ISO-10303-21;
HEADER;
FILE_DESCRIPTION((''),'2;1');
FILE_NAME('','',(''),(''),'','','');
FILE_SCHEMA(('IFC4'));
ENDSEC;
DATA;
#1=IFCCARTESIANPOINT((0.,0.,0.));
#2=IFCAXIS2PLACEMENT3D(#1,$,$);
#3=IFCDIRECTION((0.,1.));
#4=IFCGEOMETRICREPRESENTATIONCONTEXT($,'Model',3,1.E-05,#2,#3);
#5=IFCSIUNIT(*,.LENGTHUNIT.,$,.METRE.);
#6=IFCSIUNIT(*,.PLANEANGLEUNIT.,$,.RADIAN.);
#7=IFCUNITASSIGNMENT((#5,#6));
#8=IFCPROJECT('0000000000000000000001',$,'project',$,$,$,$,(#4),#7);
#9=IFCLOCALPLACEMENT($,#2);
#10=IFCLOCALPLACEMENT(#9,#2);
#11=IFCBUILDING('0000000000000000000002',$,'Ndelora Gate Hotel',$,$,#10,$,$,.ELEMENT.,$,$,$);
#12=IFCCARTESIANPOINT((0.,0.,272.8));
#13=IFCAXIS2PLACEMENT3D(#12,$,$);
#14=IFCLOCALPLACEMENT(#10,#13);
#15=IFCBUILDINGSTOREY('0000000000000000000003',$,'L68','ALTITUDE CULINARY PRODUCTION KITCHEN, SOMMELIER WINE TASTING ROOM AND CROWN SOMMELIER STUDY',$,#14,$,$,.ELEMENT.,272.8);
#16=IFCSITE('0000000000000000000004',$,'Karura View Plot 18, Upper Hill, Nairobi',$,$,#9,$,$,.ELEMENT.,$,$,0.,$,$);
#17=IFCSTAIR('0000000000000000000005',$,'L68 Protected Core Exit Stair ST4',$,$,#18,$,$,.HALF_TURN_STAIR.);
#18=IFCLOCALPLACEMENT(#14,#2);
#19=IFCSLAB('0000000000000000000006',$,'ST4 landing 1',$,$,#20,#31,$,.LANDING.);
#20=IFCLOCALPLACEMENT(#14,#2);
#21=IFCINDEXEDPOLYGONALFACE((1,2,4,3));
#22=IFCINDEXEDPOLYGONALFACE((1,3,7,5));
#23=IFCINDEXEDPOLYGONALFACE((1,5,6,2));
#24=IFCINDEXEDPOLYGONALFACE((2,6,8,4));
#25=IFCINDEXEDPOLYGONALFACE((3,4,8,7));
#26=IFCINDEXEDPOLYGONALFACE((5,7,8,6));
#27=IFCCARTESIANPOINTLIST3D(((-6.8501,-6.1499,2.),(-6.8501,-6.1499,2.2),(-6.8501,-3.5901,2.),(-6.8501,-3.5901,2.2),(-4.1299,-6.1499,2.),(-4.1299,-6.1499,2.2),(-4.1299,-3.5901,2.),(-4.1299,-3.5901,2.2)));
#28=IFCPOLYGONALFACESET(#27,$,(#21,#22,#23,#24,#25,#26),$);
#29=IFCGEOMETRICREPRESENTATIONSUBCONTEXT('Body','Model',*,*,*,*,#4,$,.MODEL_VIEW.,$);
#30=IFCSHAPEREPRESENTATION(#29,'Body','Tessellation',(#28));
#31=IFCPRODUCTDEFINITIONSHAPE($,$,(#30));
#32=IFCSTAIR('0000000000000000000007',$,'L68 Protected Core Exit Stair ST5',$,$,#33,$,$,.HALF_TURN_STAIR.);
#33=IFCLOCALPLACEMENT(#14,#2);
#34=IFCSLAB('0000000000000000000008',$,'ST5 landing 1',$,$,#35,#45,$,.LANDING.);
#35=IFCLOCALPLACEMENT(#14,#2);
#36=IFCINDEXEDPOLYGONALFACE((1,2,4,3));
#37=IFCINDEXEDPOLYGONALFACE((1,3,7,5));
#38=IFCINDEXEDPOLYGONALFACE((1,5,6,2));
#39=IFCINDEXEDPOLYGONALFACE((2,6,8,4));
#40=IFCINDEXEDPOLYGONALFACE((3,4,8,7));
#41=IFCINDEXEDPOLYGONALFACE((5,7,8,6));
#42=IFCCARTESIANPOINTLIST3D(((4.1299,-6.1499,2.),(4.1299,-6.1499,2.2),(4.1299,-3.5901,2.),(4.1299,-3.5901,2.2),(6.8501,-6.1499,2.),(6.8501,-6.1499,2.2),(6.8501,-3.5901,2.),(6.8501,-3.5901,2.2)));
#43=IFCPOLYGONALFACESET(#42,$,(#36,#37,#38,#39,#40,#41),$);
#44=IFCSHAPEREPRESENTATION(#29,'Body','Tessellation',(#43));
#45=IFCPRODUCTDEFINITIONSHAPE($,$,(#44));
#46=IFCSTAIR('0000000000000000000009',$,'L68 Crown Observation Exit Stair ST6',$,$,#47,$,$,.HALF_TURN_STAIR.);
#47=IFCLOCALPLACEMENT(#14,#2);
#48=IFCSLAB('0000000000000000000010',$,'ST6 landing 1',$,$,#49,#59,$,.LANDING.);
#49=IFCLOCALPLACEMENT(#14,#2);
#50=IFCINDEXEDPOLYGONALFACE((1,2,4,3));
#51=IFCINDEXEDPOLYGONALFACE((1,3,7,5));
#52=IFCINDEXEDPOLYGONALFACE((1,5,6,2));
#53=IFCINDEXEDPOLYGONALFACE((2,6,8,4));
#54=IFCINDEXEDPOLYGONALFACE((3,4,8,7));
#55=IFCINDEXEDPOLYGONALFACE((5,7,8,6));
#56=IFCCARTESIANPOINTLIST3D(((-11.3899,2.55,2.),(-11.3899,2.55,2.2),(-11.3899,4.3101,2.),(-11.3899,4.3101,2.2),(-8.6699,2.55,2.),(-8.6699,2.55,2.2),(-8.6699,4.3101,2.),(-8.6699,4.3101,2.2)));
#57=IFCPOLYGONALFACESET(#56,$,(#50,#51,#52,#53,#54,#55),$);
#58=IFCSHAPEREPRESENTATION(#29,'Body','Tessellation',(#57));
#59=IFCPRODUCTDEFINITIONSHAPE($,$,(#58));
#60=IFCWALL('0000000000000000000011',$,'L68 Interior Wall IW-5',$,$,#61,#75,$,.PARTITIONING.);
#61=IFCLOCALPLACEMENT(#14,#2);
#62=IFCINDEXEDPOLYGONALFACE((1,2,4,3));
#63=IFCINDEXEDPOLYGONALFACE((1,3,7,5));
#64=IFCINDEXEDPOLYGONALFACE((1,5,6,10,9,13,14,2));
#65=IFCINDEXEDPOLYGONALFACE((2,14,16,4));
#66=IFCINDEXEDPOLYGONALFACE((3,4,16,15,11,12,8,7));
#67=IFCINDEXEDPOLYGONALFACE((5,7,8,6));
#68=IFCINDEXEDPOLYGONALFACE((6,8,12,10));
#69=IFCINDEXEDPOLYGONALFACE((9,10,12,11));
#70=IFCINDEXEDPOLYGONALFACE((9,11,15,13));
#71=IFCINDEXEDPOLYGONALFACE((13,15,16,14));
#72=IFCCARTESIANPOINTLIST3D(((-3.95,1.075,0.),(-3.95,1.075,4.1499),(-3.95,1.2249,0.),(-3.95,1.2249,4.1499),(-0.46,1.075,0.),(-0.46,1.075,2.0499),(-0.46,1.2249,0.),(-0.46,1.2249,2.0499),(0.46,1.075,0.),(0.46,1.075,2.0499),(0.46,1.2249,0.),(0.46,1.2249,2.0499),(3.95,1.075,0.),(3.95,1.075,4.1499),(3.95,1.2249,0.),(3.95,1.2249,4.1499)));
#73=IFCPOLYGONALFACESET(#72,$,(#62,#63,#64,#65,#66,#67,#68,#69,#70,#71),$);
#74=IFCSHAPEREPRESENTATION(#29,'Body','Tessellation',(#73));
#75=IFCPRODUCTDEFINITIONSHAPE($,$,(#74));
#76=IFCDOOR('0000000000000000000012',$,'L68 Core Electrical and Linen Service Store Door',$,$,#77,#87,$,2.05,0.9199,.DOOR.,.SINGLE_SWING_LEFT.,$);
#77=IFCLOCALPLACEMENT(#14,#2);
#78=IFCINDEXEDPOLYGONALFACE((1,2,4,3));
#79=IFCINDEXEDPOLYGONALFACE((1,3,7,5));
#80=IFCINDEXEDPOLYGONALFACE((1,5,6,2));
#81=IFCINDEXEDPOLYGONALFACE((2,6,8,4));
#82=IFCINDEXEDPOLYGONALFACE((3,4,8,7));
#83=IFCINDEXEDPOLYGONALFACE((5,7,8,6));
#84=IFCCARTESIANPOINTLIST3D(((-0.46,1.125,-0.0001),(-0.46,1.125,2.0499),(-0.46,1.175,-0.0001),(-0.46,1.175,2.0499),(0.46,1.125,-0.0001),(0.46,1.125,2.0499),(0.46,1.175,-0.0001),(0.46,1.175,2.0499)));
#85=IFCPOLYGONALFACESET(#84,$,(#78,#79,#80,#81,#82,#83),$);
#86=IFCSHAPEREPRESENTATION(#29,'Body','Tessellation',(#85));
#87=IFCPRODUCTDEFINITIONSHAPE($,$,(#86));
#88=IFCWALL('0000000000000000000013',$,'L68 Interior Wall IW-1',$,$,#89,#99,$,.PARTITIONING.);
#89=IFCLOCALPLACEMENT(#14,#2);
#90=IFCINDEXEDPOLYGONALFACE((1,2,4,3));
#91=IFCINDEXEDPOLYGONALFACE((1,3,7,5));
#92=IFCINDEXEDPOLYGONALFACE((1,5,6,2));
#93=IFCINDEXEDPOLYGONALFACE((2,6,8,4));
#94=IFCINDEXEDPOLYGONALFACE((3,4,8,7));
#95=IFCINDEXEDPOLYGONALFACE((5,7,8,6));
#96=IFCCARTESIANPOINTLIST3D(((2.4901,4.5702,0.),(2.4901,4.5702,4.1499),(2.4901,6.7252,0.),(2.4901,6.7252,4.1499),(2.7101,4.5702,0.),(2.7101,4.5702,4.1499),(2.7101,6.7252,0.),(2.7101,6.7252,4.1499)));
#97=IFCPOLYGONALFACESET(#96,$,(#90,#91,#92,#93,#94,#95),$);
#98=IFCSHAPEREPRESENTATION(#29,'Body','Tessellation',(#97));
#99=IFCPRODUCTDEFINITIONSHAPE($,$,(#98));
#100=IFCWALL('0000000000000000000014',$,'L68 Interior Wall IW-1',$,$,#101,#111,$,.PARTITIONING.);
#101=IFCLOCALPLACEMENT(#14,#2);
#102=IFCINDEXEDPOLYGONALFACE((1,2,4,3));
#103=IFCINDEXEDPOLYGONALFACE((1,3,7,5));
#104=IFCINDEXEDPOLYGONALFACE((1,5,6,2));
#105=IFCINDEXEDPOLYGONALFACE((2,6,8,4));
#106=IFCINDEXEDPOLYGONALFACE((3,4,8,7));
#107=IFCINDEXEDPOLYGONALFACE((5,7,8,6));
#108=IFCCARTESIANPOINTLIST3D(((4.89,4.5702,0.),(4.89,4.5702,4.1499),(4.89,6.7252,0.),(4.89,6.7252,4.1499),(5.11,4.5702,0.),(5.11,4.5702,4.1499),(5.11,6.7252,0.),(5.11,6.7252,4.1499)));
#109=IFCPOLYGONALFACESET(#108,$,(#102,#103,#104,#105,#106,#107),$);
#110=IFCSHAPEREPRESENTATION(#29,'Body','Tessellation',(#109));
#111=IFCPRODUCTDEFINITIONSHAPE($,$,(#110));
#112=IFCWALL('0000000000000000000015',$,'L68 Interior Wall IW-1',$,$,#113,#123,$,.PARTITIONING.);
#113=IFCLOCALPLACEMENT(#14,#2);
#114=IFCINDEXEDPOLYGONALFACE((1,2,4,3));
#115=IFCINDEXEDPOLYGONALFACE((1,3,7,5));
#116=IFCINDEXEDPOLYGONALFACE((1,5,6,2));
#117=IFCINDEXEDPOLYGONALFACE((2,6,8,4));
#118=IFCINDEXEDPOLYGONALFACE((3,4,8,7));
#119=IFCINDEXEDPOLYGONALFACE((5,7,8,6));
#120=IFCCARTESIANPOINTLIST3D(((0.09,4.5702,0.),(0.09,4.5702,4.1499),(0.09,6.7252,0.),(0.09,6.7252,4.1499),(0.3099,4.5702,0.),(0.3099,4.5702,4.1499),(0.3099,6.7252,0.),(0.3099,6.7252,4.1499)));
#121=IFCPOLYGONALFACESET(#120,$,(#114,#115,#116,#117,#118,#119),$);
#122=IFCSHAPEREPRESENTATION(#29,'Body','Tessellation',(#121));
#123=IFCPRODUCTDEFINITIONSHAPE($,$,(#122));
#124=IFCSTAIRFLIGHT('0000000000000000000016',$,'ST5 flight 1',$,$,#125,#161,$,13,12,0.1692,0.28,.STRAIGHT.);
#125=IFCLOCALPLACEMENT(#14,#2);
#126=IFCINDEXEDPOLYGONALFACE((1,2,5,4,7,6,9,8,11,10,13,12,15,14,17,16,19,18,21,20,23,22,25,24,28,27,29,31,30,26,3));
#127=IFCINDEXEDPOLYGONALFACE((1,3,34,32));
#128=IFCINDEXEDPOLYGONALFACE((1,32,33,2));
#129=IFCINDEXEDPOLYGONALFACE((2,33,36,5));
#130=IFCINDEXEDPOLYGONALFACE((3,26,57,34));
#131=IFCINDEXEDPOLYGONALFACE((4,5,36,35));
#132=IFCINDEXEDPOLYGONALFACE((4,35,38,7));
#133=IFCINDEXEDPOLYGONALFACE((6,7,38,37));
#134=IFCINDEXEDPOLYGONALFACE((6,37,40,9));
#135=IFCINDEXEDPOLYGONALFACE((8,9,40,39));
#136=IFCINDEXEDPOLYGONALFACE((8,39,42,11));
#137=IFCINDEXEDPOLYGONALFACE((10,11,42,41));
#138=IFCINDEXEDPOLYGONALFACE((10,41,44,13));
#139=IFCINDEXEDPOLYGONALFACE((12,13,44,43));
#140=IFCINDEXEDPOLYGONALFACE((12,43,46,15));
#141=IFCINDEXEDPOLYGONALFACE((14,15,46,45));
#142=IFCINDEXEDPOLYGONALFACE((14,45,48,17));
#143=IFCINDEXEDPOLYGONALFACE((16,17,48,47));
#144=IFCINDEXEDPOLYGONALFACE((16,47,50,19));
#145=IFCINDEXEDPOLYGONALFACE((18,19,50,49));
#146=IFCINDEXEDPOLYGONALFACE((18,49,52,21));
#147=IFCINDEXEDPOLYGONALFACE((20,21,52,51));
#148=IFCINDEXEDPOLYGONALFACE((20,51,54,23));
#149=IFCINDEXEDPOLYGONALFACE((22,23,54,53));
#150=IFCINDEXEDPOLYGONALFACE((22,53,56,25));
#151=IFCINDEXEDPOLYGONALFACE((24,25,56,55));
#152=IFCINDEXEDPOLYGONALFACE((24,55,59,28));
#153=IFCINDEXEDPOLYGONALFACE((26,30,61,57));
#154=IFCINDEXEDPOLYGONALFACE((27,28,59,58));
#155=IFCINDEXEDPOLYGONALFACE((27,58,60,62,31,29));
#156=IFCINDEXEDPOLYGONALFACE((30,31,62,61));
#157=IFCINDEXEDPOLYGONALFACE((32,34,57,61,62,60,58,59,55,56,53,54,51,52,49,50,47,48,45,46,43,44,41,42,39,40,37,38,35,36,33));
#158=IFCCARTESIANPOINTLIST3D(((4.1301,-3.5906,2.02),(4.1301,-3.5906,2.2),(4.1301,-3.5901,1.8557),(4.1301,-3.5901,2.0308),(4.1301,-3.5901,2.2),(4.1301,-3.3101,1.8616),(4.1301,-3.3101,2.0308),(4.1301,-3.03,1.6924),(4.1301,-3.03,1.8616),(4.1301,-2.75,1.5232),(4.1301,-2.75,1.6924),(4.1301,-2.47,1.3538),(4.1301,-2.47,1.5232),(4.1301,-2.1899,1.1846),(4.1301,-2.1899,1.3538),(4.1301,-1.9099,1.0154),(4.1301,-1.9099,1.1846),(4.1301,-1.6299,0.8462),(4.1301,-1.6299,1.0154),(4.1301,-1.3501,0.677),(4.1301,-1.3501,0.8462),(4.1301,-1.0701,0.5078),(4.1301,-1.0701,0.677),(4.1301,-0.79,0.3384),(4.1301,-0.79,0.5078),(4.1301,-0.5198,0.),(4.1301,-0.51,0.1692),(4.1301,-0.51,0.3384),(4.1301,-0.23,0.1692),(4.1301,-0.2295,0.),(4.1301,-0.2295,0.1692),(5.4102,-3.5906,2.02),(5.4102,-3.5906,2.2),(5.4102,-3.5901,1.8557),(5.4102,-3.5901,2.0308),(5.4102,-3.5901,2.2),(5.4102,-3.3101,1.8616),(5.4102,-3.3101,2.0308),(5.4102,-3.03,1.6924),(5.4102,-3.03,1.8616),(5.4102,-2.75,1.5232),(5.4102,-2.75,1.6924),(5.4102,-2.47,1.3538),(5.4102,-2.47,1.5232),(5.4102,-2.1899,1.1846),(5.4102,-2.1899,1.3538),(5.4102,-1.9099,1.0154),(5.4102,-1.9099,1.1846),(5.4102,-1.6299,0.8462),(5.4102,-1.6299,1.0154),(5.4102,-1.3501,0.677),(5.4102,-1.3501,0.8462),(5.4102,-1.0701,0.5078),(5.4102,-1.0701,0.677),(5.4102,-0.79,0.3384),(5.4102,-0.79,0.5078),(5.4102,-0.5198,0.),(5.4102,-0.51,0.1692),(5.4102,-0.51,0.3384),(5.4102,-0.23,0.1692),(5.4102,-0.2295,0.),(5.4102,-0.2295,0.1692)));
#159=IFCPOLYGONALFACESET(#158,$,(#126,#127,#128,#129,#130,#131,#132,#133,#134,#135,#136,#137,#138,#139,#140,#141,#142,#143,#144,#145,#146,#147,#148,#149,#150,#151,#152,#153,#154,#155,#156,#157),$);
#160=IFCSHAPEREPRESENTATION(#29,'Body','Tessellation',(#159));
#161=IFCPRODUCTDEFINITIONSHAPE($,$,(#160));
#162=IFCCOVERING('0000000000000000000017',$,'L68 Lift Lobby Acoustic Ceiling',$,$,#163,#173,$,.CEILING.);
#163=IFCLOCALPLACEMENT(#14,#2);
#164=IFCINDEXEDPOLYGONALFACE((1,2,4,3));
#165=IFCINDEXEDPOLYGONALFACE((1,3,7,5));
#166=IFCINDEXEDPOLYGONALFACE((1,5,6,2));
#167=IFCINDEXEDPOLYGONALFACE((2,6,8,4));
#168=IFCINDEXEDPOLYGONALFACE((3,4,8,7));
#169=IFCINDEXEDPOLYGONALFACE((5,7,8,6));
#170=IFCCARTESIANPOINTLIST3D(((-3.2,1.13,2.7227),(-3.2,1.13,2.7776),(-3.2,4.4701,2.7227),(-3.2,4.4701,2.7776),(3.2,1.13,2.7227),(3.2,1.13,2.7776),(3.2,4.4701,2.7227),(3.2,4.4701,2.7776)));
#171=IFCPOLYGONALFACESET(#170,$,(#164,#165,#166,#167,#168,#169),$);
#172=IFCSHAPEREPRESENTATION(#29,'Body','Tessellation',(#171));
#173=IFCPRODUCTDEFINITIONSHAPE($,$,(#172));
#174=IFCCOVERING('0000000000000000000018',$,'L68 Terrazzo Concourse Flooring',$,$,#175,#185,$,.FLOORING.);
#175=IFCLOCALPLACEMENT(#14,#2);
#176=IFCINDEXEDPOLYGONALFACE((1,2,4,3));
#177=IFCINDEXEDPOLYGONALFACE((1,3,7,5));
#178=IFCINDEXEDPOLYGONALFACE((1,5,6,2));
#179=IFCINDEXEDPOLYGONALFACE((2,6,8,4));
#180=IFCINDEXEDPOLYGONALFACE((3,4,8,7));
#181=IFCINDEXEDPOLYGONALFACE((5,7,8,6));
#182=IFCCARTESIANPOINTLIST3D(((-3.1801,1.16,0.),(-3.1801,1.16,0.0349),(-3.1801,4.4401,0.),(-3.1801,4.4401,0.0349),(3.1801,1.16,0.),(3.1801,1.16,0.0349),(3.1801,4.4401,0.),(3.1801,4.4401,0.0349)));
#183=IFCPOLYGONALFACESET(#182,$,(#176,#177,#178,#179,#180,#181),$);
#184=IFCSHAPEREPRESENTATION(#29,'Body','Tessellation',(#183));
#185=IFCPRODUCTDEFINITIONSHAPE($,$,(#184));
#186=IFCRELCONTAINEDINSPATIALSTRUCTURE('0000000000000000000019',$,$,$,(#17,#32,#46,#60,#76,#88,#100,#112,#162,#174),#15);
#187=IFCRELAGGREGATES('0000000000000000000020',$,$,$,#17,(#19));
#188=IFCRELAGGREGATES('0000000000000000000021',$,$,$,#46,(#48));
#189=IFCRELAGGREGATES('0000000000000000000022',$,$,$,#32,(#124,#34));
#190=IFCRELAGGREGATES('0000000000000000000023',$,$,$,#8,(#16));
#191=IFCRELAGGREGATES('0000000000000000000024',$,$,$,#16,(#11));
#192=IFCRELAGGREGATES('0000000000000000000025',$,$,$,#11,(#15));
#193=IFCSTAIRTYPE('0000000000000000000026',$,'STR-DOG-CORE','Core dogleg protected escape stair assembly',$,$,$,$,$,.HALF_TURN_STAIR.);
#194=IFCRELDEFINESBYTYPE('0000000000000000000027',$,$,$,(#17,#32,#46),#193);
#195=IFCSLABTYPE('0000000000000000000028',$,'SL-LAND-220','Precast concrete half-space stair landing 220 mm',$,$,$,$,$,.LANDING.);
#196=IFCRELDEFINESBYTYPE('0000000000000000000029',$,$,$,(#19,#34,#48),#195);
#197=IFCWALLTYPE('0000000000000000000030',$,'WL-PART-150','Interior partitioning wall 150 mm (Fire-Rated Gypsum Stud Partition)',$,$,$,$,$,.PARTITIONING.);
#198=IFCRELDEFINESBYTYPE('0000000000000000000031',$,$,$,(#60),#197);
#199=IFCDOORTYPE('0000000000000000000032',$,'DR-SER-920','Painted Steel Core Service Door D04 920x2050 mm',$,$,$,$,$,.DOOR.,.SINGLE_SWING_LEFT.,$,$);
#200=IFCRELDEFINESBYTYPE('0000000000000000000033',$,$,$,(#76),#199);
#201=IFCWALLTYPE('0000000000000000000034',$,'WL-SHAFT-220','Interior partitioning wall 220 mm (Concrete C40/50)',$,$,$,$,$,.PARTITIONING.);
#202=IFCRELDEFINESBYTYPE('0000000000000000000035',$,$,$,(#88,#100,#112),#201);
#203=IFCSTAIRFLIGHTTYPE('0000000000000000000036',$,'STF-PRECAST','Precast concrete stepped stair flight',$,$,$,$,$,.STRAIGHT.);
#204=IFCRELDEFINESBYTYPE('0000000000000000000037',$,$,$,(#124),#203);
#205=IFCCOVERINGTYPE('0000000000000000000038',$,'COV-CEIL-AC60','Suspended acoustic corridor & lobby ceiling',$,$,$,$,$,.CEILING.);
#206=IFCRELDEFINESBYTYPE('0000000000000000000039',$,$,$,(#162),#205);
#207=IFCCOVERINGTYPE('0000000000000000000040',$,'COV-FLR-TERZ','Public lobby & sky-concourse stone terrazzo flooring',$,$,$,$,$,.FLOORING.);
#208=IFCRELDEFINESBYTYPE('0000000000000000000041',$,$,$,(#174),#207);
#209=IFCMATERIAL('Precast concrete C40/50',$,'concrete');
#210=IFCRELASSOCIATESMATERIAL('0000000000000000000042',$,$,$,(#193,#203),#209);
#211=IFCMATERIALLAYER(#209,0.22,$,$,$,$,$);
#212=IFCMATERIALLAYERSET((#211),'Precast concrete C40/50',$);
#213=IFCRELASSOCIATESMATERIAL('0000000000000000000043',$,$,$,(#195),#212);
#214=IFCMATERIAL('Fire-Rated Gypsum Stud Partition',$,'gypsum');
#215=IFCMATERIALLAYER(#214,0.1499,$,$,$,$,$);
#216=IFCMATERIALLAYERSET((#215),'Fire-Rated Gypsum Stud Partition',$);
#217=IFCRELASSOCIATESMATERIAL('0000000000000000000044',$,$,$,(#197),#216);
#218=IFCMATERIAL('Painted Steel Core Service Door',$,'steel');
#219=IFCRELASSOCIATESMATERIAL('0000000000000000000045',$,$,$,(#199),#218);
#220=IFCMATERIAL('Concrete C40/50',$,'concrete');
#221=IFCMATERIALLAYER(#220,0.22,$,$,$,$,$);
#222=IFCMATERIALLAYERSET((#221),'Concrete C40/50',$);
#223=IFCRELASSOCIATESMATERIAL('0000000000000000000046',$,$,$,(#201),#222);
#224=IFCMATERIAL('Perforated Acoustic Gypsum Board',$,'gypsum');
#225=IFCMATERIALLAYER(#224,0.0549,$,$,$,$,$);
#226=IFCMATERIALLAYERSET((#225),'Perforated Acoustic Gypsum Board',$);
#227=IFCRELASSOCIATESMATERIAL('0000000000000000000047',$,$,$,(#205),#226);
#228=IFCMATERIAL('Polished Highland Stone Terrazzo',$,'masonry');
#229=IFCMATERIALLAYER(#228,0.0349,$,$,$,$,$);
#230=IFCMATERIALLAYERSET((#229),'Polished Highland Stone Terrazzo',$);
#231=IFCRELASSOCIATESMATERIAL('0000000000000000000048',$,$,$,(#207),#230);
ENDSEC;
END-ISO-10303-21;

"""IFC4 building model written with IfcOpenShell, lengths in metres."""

from ifc_helpers import new_model, si_unit, direction, frame, frame_2d, origin, origin_2d, place, context, subcontext, project, spatial, polyline, rectangle, outline, extrude, material, layer, layer_set, type_object, element, fill, aggregate, save


model = new_model("IFC4")

# Units and contexts
model_context = context("Model", 3, precision=1e-05, world=origin(), true_north=direction((0.0, 1.0)))
body_context = subcontext(model_context, "Body", "Model", "MODEL_VIEW")
ifc_project = project(units=[si_unit("LENGTHUNIT", "METRE"), si_unit("PLANEANGLEUNIT", "RADIAN")], contexts=[model_context])

# Site, building, storey
site_placement = place(None, origin())
site = spatial("IfcSite", under=ifc_project, at=site_placement, Name="Karura View Plot 18, Upper Hill, Nairobi", CompositionType="ELEMENT", RefElevation=0.0)
building_placement = place(site_placement, origin())
building = spatial("IfcBuilding", under=site, at=building_placement, Name="Ndelora Gate Hotel", CompositionType="ELEMENT")
storey_placement = place(building_placement, frame((0.0, 0.0, 272.8)))
storey = spatial("IfcBuildingStorey", under=building, at=storey_placement, Name="L68", Description="ALTITUDE CULINARY PRODUCTION KITCHEN, SOMMELIER WINE TASTING ROOM AND CROWN SOMMELIER STUDY", CompositionType="ELEMENT", Elevation=272.8)

# Stairs, slabs
ifc_material_1 = material(Name="Precast concrete C40/50", Category="concrete")
stair_type = type_object("IfcStairType", Name="STR-DOG-CORE", Description="Core dogleg protected escape stair assembly", PredefinedType="HALF_TURN_STAIR", material=ifc_material_1)
stair_1_placement = place(storey_placement, origin())
stair_1 = element("IfcStair", 1, at=stair_1_placement, inside=storey, type_object=stair_type, Name="L68 Protected Core Exit Stair ST4", PredefinedType="HALF_TURN_STAIR")
ifc_layer_1 = layer(ifc_material_1, 0.22)
ifc_layer_set_1 = layer_set([ifc_layer_1], Name="Precast concrete C40/50")
slab_type = type_object("IfcSlabType", Name="SL-LAND-220", Description="Precast concrete half-space stair landing 220 mm", PredefinedType="LANDING", material=ifc_layer_set_1)
slab_1_placement = place(storey_placement, frame((0.0, 0.0, 2.0)))
slab_1 = element("IfcSlab", 2, at=slab_1_placement, type_object=slab_type, Name="ST4 landing 1", PredefinedType="LANDING", context=body_context, shape_type="SweptSolid", body=[
    extrude(outline(polyline([(-6.8501, -3.5901), (-6.8501, -6.1499), (-4.1299, -6.1499), (-4.1299, -3.5901), (-6.8501, -3.5901)])), origin(), (0.0, 0.0, 1.0), 0.2),
])
aggregate(stair_1, [slab_1])
stair_2_placement = place(storey_placement, origin())
stair_2 = element("IfcStair", 3, at=stair_2_placement, inside=storey, type_object=stair_type, Name="L68 Protected Core Exit Stair ST5", PredefinedType="HALF_TURN_STAIR")
slab_2_placement = place(storey_placement, frame((0.0, 0.0, 2.0)))
slab_2 = element("IfcSlab", 4, at=slab_2_placement, type_object=slab_type, Name="ST5 landing 1", PredefinedType="LANDING", context=body_context, shape_type="SweptSolid", body=[
    extrude(outline(polyline([(4.1299, -3.5901), (4.1299, -6.1499), (6.8501, -6.1499), (6.8501, -3.5901), (4.1299, -3.5901)])), origin(), (0.0, 0.0, 1.0), 0.2),
])
stair_3_placement = place(storey_placement, origin())
stair_3 = element("IfcStair", 5, at=stair_3_placement, inside=storey, type_object=stair_type, Name="L68 Crown Observation Exit Stair ST6", PredefinedType="HALF_TURN_STAIR")
slab_3_placement = place(storey_placement, frame((0.0, 0.0, 2.0)))
slab_3 = element("IfcSlab", 6, at=slab_3_placement, type_object=slab_type, Name="ST6 landing 1", PredefinedType="LANDING", context=body_context, shape_type="SweptSolid", body=[
    extrude(outline(polyline([(-11.3899, 4.3101), (-11.3899, 2.55), (-8.6699, 2.55), (-8.6699, 4.3101), (-11.3899, 4.3101)])), origin(), (0.0, 0.0, 1.0), 0.2),
])
aggregate(stair_3, [slab_3])

# Wall, opening, door
ifc_material_2 = material(Name="Concrete C40/50", Category="concrete")
ifc_material_3 = material(Name="Fire-Rated Gypsum Stud Partition", Category="gypsum")
ifc_layer_2 = layer(ifc_material_3, 0.1499)
ifc_layer_set_2 = layer_set([ifc_layer_2], Name="Fire-Rated Gypsum Stud Partition")
wall_type_1 = type_object("IfcWallType", Name="WL-PART-150", Description="Interior partitioning wall 150 mm (Fire-Rated Gypsum Stud Partition)", PredefinedType="PARTITIONING", material=ifc_layer_set_2)
wall_1_placement = place(storey_placement, frame((3.95, 1.1499, 0.0), z_axis=(0.0, 0.0, 1.0), x_axis=(-1.0, 0.0, 0.0)))
wall_1 = element("IfcWall", 7, at=wall_1_placement, inside=storey, type_object=wall_type_1, Name="L68 Interior Wall IW-5", PredefinedType="PARTITIONING", context=body_context, shape_type="SweptSolid", body=[
    extrude(rectangle(XDim=7.8999, YDim=0.1499, at=frame_2d((3.95, 0.0))), origin(), (0.0, 0.0, 1.0), 4.1499),
])
opening_1_placement = place(wall_1_placement, frame((3.49, 0.0, 0.0)))
opening_1 = element("IfcOpeningElement", 8, at=opening_1_placement, cuts=wall_1, PredefinedType="OPENING", context=body_context, shape_type="SweptSolid", body=[
    extrude(rectangle(XDim=0.9199, YDim=2.05, at=frame_2d((0.46, 1.0249))), frame((0.0, 0.085, 0.0), z_axis=(0.0, -1.0, 0.0), x_axis=(1.0, 0.0, 0.0)), (0.0, 0.0, 1.0), 0.1699),
])
ifc_material_4 = material(Name="Painted Steel Core Service Door", Category="steel")
door_type_1 = type_object("IfcDoorType", Name="DR-SER-920", Description="Painted Steel Core Service Door D04 920x2050 mm", OperationType="SINGLE_SWING_LEFT", PredefinedType="DOOR", material=ifc_material_4)
door_1_placement = place(opening_1_placement, origin())
door_1 = element("IfcDoor", 9, at=door_1_placement, inside=storey, type_object=door_type_1, Name="L68 Core Electrical and Linen Service Store Door", OperationType="SINGLE_SWING_LEFT", OverallHeight=2.05, OverallWidth=0.9199, PredefinedType="DOOR", context=body_context, shape_type="SweptSolid", body=[
    extrude(rectangle(XDim=0.9199, YDim=2.05, at=frame_2d((0.46, 1.0249))), frame((0.0, 0.0249, 0.0), z_axis=(0.0, -1.0, 0.0), x_axis=(1.0, 0.0, 0.0)), (0.0, 0.0, 1.0), 0.05),
])
fill(opening_1, door_1)
ifc_layer_3 = layer(ifc_material_2, 0.22)
ifc_layer_set_3 = layer_set([ifc_layer_3], Name="Concrete C40/50")
wall_type_2 = type_object("IfcWallType", Name="WL-SHAFT-220", Description="Interior partitioning wall 220 mm (Concrete C40/50)", PredefinedType="PARTITIONING", material=ifc_layer_set_3)

# Walls
for number, where, z_axis, x_axis, name in (
    (10, (2.6001, 4.5701, 0.0), (0.0, 0.0, 1.0), (0.0, 1.0, 0.0), "L68 Interior Wall IW-1"),
    (11, (5.0, 4.5701, 0.0), (0.0, 0.0, 1.0), (0.0, 1.0, 0.0), "L68 Interior Wall IW-1"),
):
    element("IfcWall", number, at=place(storey_placement, frame(where, z_axis=z_axis, x_axis=x_axis)), inside=storey, type_object=wall_type_2, Name=name, PredefinedType="PARTITIONING", context=body_context, shape_type="SweptSolid", body=[
        extrude(rectangle(XDim=2.155, YDim=0.22, at=frame_2d((1.0776, 0.0))), origin(), (0.0, 0.0, 1.0), 4.1499),
    ])

# Wall
wall_2_placement = place(storey_placement, frame((0.2, 4.5701, 0.0), z_axis=(0.0, 0.0, 1.0), x_axis=(0.0, 1.0, 0.0)))
element("IfcWall", 12, at=wall_2_placement, inside=storey, type_object=wall_type_2, Name="L68 Interior Wall IW-1", PredefinedType="PARTITIONING", context=body_context, shape_type="SweptSolid", body=[
    extrude(rectangle(XDim=2.155, YDim=0.22, at=frame_2d((1.0776, 0.0))), origin(), (0.0, 0.0, 1.0), 4.1499),
])

# Stair flight
stair_flight_type = type_object("IfcStairFlightType", Name="STF-PRECAST", Description="Precast concrete stepped stair flight", PredefinedType="STRAIGHT", material=ifc_material_1)
stair_flight_placement = place(storey_placement, frame((4.77, -0.23, 0.0), z_axis=(0.0, 0.0, 1.0), x_axis=(0.0, -1.0, 0.0)))
stair_flight = element("IfcStairFlight", 13, at=stair_flight_placement, type_object=stair_flight_type, Name="ST5 flight 1", NumberOfRisers=13, NumberOfTreads=12, PredefinedType="STRAIGHT", RiserHeight=0.1692, TreadLength=0.28, context=body_context, shape_type="SweptSolid", body=[
    extrude(outline(polyline([(-0.0005, 0.0), (-0.0005, 0.1692), (0.0, 0.1692), (0.28, 0.1692), (0.28, 0.3384), (0.5601, 0.3384), (0.5601, 0.5078), (0.8401, 0.5078), (0.8401, 0.677), (1.1201, 0.677), (1.1201, 0.8462), (1.3999, 0.8462), (1.3999, 1.0154), (1.6799, 1.0154), (1.6799, 1.1846), (1.96, 1.1846), (1.96, 1.3538), (2.24, 1.3538), (2.24, 1.5232), (2.52, 1.5232), (2.52, 1.6924), (2.8, 1.6924), (2.8, 1.8616), (3.0801, 1.8616), (3.0801, 2.0308), (3.3601, 2.0308), (3.3601, 2.2), (3.3606, 2.2), (3.3606, 2.02), (3.3601, 1.8557), (0.2898, 0.0), (-0.0005, 0.0)])), frame((0.0, 0.6401, 0.0), z_axis=(0.0, -1.0, 0.0), x_axis=(1.0, 0.0, 0.0)), (0.0, 0.0, 1.0), 1.28),
])
aggregate(stair_2, [stair_flight, slab_2])

# Coverings
ifc_material_5 = material(Name="Perforated Acoustic Gypsum Board", Category="gypsum")
ifc_layer_4 = layer(ifc_material_5, 0.0549)
ifc_layer_set_4 = layer_set([ifc_layer_4], Name="Perforated Acoustic Gypsum Board")
covering_type_1 = type_object("IfcCoveringType", Name="COV-CEIL-AC60", Description="Suspended acoustic corridor & lobby ceiling", PredefinedType="CEILING", material=ifc_layer_set_4)
covering_1_placement = place(storey_placement, frame((0.0, 2.8, 2.7227), z_axis=(0.0, 0.0, 1.0), x_axis=(1.0, 0.0, 0.0)))
element("IfcCovering", 14, at=covering_1_placement, inside=storey, type_object=covering_type_1, Name="L68 Lift Lobby Acoustic Ceiling", PredefinedType="CEILING", context=body_context, shape_type="SweptSolid", body=[
    extrude(rectangle(XDim=6.3999, YDim=3.3401, at=origin_2d()), origin(), (0.0, 0.0, 1.0), 0.0549),
])
ifc_material_6 = material(Name="Polished Highland Stone Terrazzo", Category="masonry")
ifc_layer_5 = layer(ifc_material_6, 0.0349)
ifc_layer_set_5 = layer_set([ifc_layer_5], Name="Polished Highland Stone Terrazzo")
covering_type_2 = type_object("IfcCoveringType", Name="COV-FLR-TERZ", Description="Public lobby & sky-concourse stone terrazzo flooring", PredefinedType="FLOORING", material=ifc_layer_set_5)
covering_2_placement = place(storey_placement, frame((0.0, 2.8, 0.0), z_axis=(0.0, 0.0, 1.0), x_axis=(1.0, 0.0, 0.0)))
element("IfcCovering", 15, at=covering_2_placement, inside=storey, type_object=covering_type_2, Name="L68 Terrazzo Concourse Flooring", PredefinedType="FLOORING", context=body_context, shape_type="SweptSolid", body=[
    extrude(rectangle(XDim=6.3601, YDim=3.28, at=origin_2d()), origin(), (0.0, 0.0, 1.0), 0.0349),
])

save(model, "model.ifc")
